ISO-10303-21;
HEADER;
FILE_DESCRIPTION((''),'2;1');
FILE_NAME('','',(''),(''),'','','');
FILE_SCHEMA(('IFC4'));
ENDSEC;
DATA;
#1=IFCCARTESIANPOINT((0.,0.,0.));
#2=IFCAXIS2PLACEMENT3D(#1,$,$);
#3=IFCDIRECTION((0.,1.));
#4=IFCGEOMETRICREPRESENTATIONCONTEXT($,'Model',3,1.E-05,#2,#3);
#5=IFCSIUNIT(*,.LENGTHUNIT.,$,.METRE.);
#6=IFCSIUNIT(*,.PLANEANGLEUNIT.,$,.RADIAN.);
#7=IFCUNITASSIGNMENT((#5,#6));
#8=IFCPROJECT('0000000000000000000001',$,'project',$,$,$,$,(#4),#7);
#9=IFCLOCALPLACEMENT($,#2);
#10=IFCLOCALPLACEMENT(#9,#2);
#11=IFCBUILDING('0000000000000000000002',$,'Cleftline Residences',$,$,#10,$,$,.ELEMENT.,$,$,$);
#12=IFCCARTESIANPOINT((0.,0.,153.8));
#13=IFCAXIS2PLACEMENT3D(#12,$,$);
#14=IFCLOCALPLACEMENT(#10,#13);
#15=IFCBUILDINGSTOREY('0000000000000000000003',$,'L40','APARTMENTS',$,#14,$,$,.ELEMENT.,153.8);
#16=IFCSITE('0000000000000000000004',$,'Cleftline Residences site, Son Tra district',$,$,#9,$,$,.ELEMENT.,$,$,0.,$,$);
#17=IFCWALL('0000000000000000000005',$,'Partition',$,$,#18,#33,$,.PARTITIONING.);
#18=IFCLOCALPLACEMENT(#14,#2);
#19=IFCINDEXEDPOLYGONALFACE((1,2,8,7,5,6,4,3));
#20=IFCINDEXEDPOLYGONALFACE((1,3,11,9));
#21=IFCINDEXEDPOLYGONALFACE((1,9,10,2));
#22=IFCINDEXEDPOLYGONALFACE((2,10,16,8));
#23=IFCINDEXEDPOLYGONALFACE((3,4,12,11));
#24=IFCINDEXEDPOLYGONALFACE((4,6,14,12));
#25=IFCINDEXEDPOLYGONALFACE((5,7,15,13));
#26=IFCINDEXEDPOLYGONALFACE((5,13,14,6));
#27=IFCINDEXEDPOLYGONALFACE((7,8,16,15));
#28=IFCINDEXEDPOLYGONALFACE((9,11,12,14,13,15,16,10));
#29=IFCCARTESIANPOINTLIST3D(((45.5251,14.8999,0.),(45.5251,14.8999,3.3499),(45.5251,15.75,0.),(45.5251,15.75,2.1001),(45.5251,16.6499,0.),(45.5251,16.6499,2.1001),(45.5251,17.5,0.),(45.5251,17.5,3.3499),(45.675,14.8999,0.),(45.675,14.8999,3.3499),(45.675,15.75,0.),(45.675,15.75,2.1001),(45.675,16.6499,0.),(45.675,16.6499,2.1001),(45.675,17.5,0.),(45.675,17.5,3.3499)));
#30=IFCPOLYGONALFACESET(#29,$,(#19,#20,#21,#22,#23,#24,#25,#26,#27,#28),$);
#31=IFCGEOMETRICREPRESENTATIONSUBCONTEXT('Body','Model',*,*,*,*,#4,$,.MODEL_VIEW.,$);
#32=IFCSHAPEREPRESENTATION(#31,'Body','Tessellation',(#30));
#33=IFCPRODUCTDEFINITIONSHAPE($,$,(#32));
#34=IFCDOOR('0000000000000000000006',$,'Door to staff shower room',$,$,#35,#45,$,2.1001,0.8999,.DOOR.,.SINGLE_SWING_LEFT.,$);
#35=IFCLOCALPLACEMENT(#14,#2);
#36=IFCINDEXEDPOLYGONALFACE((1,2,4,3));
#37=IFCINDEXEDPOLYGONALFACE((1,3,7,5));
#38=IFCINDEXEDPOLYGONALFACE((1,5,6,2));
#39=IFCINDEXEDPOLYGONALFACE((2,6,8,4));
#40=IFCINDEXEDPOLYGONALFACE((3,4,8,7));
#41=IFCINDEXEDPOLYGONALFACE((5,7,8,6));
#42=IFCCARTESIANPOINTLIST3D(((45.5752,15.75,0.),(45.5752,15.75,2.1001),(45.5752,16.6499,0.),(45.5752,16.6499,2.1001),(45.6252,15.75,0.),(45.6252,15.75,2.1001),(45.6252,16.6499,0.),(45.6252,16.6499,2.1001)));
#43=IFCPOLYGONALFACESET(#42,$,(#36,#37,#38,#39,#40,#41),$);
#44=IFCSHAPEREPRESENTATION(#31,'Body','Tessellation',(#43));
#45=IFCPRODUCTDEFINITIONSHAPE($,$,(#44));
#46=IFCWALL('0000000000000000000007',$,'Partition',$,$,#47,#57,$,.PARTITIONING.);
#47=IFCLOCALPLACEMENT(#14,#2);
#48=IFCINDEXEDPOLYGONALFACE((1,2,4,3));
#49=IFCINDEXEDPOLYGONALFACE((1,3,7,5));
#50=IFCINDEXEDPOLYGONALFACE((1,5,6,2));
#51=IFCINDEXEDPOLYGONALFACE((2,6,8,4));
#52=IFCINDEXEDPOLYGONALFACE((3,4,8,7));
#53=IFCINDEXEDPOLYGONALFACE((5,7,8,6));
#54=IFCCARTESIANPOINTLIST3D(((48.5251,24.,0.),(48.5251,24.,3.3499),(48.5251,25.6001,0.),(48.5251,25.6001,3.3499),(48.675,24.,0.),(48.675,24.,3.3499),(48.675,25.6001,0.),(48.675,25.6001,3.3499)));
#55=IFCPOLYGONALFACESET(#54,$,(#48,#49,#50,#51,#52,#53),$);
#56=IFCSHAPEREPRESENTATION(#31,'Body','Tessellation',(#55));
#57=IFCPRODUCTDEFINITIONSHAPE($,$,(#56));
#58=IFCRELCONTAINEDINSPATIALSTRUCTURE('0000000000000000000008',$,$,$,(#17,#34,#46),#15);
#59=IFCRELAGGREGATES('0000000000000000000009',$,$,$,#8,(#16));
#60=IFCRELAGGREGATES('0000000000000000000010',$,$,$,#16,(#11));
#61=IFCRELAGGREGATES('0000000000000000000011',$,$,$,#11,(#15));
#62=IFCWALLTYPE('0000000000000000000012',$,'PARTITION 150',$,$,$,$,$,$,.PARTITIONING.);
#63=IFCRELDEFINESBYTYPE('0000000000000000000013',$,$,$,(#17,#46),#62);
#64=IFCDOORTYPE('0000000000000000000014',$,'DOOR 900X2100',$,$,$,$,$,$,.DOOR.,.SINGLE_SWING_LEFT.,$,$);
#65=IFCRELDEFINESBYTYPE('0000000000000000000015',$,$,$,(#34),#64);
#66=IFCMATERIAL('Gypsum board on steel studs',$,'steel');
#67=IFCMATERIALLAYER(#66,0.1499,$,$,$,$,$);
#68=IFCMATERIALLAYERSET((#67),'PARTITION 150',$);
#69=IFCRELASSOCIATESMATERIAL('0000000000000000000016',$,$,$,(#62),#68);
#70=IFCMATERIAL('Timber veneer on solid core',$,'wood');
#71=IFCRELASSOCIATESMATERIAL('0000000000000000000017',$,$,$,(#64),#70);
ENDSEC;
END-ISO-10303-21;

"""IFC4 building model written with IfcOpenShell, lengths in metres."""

from ifc_helpers import new_model, si_unit, direction, frame, frame_2d, origin, place, context, subcontext, project, spatial, rectangle, extrude, material, layer, layer_set, type_object, element, fill, save


model = new_model("IFC4")

# Units and contexts
model_context = context("Model", 3, precision=1e-05, world=origin(), true_north=direction((0.0, 1.0)))
body_context = subcontext(model_context, "Body", "Model", "MODEL_VIEW")
ifc_project = project(units=[si_unit("LENGTHUNIT", "METRE"), si_unit("PLANEANGLEUNIT", "RADIAN")], contexts=[model_context])

# Site, building, storey
site_placement = place(None, origin())
site = spatial("IfcSite", under=ifc_project, at=site_placement, Name="Cleftline Residences site, Son Tra district", CompositionType="ELEMENT", RefElevation=0.0)
building_placement = place(site_placement, origin())
building = spatial("IfcBuilding", under=site, at=building_placement, Name="Cleftline Residences", CompositionType="ELEMENT")
storey_placement = place(building_placement, frame((0.0, 0.0, 153.8)))
storey = spatial("IfcBuildingStorey", under=building, at=storey_placement, Name="L40", Description="APARTMENTS", CompositionType="ELEMENT", Elevation=153.8)

# Shared definitions
ifc_material_1 = material(Name="Gypsum board on steel studs", Category="steel")
ifc_layer_1 = layer(ifc_material_1, 0.1499)
ifc_layer_set_1 = layer_set([ifc_layer_1], Name="PARTITION 150")
wall_type_1 = type_object("IfcWallType", Name="PARTITION 150", PredefinedType="PARTITIONING", material=ifc_layer_set_1)

# Wall, opening, door
wall_1_placement = place(storey_placement, frame((45.6001, 14.8999, 0.0), z_axis=(0.0, 0.0, 1.0), x_axis=(0.0, 1.0, 0.0)))
wall_1 = element("IfcWall", 1, at=wall_1_placement, inside=storey, type_object=wall_type_1, Name="Partition", PredefinedType="PARTITIONING", context=body_context, shape_type="SweptSolid", body=[
    extrude(rectangle(XDim=2.6001, YDim=0.1499, at=frame_2d((1.3, 0.0))), origin(), (0.0, 0.0, 1.0), 3.3499),
])
opening_1_placement = place(wall_1_placement, frame((0.8501, 0.0, 0.0)))
opening_1 = element("IfcOpeningElement", 2, at=opening_1_placement, cuts=wall_1, PredefinedType="OPENING", context=body_context, shape_type="SweptSolid", body=[
    extrude(rectangle(XDim=0.8999, YDim=2.1001, at=frame_2d((0.45, 1.05))), frame((0.0, 0.085, 0.0), z_axis=(0.0, -1.0, 0.0), x_axis=(1.0, 0.0, 0.0)), (0.0, 0.0, 1.0), 0.1699),
])
ifc_material_2 = material(Name="Timber veneer on solid core", Category="wood")
door_type_1 = type_object("IfcDoorType", Name="DOOR 900X2100", OperationType="SINGLE_SWING_LEFT", PredefinedType="DOOR", material=ifc_material_2)
door_1_placement = place(opening_1_placement, origin())
door_1 = element("IfcDoor", 3, at=door_1_placement, inside=storey, type_object=door_type_1, Name="Door to staff shower room", OperationType="SINGLE_SWING_LEFT", OverallHeight=2.1001, OverallWidth=0.8999, PredefinedType="DOOR", context=body_context, shape_type="SweptSolid", body=[
    extrude(rectangle(XDim=0.8999, YDim=2.1001, at=frame_2d((0.45, 1.05))), frame((0.0, 0.0249, 0.0), z_axis=(0.0, -1.0, 0.0), x_axis=(1.0, 0.0, 0.0)), (0.0, 0.0, 1.0), 0.05),
])
fill(opening_1, door_1)

# Wall
wall_2_placement = place(storey_placement, frame((48.6001, 24.0, 0.0), z_axis=(0.0, 0.0, 1.0), x_axis=(0.0, 1.0, 0.0)))
element("IfcWall", 4, at=wall_2_placement, inside=storey, type_object=wall_type_1, Name="Partition", PredefinedType="PARTITIONING", context=body_context, shape_type="SweptSolid", body=[
    extrude(rectangle(XDim=1.6001, YDim=0.1499, at=frame_2d((0.8, 0.0))), origin(), (0.0, 0.0, 1.0), 3.3499),
])

save(model, "model.ifc")
